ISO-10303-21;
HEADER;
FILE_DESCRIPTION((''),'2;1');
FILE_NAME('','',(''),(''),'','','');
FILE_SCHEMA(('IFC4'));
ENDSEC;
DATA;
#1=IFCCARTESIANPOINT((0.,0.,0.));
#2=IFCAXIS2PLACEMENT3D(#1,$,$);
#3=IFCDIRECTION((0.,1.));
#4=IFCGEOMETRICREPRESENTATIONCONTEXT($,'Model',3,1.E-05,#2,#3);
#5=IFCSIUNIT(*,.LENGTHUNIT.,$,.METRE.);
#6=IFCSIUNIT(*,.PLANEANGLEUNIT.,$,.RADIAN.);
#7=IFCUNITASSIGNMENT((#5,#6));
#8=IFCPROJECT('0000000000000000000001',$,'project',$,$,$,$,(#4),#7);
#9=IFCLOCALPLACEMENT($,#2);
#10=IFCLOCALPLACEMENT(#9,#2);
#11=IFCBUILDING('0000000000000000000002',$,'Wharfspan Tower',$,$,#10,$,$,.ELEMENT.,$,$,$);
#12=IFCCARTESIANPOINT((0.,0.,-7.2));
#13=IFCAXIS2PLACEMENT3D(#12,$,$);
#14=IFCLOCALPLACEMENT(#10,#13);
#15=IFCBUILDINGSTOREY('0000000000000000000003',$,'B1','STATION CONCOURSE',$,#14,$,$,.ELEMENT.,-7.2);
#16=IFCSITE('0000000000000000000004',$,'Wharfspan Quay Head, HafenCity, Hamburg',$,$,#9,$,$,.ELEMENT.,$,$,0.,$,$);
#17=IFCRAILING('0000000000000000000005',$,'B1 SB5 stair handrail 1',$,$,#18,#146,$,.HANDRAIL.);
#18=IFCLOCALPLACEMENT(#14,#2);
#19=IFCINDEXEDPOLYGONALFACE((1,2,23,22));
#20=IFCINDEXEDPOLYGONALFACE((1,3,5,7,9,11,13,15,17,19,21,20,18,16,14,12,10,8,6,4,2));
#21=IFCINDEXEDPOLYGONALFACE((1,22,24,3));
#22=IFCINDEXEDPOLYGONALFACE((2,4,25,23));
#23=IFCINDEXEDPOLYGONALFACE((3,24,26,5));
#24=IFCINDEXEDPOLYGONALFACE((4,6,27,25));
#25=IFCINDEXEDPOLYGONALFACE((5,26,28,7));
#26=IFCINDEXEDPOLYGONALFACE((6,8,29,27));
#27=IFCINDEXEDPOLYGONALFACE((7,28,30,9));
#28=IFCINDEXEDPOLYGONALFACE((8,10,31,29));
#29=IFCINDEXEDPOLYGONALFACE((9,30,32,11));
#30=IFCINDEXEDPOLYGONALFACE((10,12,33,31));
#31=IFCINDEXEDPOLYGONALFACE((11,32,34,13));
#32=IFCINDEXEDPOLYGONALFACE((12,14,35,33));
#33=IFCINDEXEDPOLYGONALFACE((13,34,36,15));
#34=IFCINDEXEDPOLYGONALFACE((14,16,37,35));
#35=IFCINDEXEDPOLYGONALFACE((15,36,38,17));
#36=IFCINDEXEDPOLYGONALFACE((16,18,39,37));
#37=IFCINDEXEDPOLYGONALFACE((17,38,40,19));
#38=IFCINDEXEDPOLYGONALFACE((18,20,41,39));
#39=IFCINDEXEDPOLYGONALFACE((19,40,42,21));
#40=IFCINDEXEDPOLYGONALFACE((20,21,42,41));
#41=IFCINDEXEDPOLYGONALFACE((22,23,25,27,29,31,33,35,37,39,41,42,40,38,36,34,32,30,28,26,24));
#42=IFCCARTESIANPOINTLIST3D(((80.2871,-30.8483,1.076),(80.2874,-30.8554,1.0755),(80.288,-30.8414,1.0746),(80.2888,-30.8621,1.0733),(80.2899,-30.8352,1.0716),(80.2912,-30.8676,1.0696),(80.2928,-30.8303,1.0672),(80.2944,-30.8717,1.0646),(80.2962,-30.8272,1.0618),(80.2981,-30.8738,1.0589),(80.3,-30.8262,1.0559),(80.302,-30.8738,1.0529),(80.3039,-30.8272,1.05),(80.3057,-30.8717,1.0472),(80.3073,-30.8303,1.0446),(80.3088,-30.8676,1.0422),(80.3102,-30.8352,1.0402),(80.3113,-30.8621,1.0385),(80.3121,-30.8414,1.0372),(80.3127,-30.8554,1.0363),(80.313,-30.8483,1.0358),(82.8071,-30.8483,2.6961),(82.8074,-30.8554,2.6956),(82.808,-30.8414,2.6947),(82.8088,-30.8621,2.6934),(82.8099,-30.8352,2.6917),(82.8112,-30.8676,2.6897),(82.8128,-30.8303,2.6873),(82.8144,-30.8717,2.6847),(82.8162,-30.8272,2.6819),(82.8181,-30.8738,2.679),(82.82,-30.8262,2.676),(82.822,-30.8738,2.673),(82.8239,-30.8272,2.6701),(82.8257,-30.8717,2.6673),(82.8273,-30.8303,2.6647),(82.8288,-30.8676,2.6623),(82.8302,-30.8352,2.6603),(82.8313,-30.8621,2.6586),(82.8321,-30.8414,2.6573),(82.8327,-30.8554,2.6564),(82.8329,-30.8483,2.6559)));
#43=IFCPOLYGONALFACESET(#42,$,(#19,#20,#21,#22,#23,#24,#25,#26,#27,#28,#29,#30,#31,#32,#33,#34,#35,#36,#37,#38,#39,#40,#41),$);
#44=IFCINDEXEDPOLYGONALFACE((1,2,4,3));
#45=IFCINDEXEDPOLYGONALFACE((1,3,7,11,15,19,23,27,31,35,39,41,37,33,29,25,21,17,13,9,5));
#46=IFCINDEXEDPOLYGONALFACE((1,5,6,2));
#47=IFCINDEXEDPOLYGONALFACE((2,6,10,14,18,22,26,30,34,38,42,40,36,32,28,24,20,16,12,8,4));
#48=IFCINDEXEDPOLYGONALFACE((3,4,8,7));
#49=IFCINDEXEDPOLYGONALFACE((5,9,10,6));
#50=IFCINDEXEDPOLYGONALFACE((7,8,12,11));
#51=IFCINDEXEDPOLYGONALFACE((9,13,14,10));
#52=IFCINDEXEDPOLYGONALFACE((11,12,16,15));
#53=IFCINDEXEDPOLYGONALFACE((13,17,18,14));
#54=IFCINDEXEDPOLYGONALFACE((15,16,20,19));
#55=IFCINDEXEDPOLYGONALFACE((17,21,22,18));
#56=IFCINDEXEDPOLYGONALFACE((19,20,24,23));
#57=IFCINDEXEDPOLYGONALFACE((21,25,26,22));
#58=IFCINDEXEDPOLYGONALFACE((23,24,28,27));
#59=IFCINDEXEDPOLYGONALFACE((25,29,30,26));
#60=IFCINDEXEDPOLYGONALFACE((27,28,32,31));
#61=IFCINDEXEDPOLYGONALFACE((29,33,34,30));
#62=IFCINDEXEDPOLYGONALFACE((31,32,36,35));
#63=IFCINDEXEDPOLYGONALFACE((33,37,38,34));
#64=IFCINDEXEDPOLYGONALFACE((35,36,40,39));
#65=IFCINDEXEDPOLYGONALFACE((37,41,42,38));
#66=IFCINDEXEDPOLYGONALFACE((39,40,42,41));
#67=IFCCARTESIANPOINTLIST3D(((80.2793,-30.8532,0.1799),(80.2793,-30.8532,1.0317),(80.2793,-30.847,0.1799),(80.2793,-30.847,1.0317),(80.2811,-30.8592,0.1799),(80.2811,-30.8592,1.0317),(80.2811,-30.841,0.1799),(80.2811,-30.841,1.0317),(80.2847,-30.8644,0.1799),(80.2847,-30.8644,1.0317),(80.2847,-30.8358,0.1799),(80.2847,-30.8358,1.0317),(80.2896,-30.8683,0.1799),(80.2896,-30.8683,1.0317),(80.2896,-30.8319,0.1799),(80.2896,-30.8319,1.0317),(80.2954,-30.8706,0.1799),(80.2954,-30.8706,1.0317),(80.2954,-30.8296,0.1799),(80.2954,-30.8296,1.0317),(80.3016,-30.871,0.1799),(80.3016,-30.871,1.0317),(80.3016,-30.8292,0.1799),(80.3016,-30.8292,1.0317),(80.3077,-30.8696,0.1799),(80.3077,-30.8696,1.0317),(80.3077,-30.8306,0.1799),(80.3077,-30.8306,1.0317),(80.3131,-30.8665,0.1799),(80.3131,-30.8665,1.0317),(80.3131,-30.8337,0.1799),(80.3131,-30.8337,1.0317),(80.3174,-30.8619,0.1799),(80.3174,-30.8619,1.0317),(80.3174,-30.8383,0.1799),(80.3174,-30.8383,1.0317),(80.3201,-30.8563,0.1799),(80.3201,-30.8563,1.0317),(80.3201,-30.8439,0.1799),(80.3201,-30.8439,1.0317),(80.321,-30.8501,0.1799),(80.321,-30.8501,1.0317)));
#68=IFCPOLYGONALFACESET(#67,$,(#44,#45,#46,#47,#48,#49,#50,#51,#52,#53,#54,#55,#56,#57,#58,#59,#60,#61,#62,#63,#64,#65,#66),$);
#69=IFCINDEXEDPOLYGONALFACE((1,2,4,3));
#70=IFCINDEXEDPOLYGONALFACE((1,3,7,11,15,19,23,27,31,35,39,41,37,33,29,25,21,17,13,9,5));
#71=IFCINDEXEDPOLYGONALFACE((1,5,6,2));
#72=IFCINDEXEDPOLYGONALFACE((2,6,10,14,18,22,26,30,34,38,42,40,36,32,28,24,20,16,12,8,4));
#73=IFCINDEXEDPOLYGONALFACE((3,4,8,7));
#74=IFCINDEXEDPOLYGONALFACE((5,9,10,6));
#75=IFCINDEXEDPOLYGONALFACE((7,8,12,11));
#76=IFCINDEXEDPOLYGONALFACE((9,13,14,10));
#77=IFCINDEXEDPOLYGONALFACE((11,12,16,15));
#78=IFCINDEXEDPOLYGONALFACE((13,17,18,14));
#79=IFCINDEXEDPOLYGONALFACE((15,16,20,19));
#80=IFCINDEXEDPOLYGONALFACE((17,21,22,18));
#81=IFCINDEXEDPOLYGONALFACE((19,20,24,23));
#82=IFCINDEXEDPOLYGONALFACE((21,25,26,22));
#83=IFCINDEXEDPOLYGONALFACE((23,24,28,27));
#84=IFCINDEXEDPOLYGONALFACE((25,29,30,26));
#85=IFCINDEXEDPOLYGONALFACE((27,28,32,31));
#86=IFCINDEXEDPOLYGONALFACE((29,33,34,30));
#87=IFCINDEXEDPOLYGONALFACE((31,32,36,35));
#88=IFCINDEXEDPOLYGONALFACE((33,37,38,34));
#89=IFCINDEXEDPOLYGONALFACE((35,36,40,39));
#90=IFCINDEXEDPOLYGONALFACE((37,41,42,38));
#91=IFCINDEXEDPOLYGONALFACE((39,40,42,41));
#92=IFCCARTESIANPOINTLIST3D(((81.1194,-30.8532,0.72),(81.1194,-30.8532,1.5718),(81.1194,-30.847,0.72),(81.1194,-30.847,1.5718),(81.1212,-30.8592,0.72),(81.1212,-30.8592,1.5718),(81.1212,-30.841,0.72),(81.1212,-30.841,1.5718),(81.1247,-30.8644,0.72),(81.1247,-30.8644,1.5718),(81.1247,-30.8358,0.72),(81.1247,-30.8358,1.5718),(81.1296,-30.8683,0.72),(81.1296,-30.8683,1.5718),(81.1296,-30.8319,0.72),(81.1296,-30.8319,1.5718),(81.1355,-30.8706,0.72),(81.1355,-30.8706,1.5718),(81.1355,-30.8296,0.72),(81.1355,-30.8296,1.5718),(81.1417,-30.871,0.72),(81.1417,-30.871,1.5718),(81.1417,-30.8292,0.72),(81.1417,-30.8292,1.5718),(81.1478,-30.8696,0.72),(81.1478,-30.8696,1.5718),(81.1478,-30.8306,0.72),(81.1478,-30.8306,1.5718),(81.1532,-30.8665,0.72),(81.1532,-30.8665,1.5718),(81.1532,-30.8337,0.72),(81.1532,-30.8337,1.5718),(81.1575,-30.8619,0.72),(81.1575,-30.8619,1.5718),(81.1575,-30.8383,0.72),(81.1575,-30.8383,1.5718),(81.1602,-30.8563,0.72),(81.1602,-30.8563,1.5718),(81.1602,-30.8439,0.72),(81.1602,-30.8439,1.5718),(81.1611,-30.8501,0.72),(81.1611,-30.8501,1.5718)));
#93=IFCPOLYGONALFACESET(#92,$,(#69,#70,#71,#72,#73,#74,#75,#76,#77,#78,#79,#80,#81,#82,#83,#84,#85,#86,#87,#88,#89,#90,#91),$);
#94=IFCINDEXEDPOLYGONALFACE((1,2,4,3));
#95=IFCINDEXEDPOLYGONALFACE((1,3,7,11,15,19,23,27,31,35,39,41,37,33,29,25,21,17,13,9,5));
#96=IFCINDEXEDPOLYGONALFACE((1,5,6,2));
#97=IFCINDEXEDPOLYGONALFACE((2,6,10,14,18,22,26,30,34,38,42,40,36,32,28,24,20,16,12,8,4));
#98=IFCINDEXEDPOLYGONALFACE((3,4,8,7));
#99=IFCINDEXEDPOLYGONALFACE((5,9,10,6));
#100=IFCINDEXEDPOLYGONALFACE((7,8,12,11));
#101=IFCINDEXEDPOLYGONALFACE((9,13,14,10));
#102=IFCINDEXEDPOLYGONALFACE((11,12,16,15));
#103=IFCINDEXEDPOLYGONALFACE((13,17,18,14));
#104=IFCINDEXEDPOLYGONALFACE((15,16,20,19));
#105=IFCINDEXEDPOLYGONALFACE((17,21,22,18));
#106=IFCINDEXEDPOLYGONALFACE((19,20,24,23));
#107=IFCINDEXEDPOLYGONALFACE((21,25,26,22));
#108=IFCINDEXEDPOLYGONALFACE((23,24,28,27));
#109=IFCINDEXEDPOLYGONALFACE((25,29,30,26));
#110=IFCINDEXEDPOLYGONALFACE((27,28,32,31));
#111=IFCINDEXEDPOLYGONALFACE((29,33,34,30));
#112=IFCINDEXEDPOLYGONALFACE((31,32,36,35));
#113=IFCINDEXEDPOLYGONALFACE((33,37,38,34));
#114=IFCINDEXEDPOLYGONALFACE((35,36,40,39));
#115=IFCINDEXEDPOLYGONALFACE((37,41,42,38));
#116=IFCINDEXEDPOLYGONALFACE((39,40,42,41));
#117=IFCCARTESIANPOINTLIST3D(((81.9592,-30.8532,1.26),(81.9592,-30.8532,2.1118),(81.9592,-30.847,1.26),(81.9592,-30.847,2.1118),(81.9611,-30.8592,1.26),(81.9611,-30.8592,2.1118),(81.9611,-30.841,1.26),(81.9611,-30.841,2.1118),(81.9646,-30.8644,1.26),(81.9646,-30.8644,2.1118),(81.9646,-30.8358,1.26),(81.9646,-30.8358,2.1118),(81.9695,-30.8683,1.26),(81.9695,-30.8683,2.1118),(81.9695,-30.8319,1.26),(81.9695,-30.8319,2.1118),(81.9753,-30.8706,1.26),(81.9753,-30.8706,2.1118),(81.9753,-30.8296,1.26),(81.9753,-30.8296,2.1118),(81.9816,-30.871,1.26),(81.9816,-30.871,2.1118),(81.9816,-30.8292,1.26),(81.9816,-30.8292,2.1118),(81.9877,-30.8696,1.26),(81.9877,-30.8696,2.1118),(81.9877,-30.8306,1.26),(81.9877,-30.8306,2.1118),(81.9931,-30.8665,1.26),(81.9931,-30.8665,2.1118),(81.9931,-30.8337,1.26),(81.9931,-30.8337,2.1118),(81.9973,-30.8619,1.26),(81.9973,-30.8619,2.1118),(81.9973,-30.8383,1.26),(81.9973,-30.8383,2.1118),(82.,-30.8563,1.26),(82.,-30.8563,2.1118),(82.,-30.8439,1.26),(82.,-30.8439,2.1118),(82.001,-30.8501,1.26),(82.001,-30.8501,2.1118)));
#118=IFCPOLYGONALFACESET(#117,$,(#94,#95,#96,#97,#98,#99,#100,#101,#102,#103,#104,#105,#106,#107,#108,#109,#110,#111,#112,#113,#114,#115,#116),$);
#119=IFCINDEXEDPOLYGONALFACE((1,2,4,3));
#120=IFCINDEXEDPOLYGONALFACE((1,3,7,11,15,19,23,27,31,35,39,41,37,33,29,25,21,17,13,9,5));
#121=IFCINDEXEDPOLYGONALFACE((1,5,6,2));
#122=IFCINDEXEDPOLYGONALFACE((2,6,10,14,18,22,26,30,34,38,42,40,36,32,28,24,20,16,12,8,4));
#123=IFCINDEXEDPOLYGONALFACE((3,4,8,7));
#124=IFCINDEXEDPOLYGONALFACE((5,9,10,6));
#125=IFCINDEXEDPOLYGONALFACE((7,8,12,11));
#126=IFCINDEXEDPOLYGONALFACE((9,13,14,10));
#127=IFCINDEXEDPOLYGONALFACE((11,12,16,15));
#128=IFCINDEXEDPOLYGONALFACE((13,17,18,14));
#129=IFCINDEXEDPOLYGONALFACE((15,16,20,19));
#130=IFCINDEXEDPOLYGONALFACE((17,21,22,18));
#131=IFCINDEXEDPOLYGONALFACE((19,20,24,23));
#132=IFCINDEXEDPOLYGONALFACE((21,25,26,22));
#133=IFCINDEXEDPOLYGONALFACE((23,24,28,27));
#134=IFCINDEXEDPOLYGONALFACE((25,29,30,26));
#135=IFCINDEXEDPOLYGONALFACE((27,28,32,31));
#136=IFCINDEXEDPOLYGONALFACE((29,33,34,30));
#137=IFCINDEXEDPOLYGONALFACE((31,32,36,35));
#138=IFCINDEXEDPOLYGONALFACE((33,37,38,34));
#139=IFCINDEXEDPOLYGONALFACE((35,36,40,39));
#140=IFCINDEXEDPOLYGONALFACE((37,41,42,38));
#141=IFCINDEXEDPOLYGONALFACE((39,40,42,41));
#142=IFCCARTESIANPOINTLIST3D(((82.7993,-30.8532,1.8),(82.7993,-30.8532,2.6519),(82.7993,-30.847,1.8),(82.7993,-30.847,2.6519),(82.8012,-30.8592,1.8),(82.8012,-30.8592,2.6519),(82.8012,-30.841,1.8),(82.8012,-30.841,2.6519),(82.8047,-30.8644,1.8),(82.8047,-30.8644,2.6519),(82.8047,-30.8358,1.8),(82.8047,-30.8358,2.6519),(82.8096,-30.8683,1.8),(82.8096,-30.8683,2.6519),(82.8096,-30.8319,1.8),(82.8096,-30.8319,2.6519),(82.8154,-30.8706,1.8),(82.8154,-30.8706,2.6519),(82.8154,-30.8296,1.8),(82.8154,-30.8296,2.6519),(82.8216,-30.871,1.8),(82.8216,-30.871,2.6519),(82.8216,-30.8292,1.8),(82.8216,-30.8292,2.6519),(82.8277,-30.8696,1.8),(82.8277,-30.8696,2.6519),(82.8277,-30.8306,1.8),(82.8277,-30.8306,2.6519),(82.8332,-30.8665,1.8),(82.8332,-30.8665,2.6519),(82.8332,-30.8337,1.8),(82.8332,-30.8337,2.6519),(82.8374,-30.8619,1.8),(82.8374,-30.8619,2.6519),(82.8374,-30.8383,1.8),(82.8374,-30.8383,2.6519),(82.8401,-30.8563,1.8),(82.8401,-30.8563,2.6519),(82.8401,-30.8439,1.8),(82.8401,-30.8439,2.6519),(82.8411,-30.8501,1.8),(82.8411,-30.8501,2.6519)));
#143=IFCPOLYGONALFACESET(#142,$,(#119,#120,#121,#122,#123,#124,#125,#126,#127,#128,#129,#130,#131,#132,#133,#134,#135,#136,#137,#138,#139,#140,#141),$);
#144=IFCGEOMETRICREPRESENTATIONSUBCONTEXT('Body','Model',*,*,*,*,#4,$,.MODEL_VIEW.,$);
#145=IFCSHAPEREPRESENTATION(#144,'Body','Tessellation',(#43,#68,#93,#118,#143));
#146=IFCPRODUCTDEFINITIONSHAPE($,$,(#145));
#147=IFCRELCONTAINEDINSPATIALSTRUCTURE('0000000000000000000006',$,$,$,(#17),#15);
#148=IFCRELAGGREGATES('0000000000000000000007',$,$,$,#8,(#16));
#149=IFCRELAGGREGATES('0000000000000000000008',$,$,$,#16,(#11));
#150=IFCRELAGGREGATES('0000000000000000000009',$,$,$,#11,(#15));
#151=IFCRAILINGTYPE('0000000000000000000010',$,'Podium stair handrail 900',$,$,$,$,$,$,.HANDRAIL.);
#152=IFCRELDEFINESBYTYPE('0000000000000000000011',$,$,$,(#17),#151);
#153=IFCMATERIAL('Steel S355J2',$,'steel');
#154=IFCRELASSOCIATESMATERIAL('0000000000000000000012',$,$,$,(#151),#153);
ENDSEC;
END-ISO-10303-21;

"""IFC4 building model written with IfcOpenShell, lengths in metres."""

from ifc_helpers import new_model, si_unit, direction, frame, origin, origin_2d, place, context, subcontext, project, spatial, circle, extrude, material, type_object, element, save


model = new_model("IFC4")

# Units and contexts
model_context = context("Model", 3, precision=1e-05, world=origin(), true_north=direction((0.0, 1.0)))
body_context = subcontext(model_context, "Body", "Model", "MODEL_VIEW")
ifc_project = project(units=[si_unit("LENGTHUNIT", "METRE"), si_unit("PLANEANGLEUNIT", "RADIAN")], contexts=[model_context])

# Site, building, storey
site_placement = place(None, origin())
site = spatial("IfcSite", under=ifc_project, at=site_placement, Name="Wharfspan Quay Head, HafenCity, Hamburg", CompositionType="ELEMENT", RefElevation=0.0)
building_placement = place(site_placement, origin())
building = spatial("IfcBuilding", under=site, at=building_placement, Name="Wharfspan Tower", CompositionType="ELEMENT")
storey_placement = place(building_placement, frame((0.0, 0.0, -7.2)))
storey = spatial("IfcBuildingStorey", under=building, at=storey_placement, Name="B1", Description="STATION CONCOURSE", CompositionType="ELEMENT", Elevation=-7.2)

# Railing
ifc_material_1 = material(Name="Steel S355J2", Category="steel")
railing_type_1 = type_object("IfcRailingType", Name="Podium stair handrail 900", PredefinedType="HANDRAIL", material=ifc_material_1)
for number, where, name in (
    (1, (80.3, -30.8501, 0.1799), "B1 SB5 stair handrail 1"),
):
    element("IfcRailing", number, at=place(storey_placement, frame(where)), inside=storey, type_object=railing_type_1, Name=name, PredefinedType="HANDRAIL", context=body_context, shape_type="SweptSolid", body=[
        extrude(circle(Radius=0.0239, at=origin_2d()), frame((0.0, 0.0, 0.876), z_axis=(0.841163, 0.0, 0.540782), x_axis=(0.0, 1.0, 0.0)), (0.0, 0.0, 1.0), 2.9958),
        extrude(circle(Radius=0.021, at=origin_2d()), origin(), (0.0, 0.0, 1.0), 0.8518),
        extrude(circle(Radius=0.021, at=origin_2d()), frame((0.8401, 0.0, 0.54)), (0.0, 0.0, 1.0), 0.8518),
        extrude(circle(Radius=0.021, at=origin_2d()), frame((1.6799, 0.0, 1.0801)), (0.0, 0.0, 1.0), 0.8518),
        extrude(circle(Radius=0.021, at=origin_2d()), frame((2.52, 0.0, 1.6201)), (0.0, 0.0, 1.0), 0.8518),
    ])

save(model, "model.ifc")
